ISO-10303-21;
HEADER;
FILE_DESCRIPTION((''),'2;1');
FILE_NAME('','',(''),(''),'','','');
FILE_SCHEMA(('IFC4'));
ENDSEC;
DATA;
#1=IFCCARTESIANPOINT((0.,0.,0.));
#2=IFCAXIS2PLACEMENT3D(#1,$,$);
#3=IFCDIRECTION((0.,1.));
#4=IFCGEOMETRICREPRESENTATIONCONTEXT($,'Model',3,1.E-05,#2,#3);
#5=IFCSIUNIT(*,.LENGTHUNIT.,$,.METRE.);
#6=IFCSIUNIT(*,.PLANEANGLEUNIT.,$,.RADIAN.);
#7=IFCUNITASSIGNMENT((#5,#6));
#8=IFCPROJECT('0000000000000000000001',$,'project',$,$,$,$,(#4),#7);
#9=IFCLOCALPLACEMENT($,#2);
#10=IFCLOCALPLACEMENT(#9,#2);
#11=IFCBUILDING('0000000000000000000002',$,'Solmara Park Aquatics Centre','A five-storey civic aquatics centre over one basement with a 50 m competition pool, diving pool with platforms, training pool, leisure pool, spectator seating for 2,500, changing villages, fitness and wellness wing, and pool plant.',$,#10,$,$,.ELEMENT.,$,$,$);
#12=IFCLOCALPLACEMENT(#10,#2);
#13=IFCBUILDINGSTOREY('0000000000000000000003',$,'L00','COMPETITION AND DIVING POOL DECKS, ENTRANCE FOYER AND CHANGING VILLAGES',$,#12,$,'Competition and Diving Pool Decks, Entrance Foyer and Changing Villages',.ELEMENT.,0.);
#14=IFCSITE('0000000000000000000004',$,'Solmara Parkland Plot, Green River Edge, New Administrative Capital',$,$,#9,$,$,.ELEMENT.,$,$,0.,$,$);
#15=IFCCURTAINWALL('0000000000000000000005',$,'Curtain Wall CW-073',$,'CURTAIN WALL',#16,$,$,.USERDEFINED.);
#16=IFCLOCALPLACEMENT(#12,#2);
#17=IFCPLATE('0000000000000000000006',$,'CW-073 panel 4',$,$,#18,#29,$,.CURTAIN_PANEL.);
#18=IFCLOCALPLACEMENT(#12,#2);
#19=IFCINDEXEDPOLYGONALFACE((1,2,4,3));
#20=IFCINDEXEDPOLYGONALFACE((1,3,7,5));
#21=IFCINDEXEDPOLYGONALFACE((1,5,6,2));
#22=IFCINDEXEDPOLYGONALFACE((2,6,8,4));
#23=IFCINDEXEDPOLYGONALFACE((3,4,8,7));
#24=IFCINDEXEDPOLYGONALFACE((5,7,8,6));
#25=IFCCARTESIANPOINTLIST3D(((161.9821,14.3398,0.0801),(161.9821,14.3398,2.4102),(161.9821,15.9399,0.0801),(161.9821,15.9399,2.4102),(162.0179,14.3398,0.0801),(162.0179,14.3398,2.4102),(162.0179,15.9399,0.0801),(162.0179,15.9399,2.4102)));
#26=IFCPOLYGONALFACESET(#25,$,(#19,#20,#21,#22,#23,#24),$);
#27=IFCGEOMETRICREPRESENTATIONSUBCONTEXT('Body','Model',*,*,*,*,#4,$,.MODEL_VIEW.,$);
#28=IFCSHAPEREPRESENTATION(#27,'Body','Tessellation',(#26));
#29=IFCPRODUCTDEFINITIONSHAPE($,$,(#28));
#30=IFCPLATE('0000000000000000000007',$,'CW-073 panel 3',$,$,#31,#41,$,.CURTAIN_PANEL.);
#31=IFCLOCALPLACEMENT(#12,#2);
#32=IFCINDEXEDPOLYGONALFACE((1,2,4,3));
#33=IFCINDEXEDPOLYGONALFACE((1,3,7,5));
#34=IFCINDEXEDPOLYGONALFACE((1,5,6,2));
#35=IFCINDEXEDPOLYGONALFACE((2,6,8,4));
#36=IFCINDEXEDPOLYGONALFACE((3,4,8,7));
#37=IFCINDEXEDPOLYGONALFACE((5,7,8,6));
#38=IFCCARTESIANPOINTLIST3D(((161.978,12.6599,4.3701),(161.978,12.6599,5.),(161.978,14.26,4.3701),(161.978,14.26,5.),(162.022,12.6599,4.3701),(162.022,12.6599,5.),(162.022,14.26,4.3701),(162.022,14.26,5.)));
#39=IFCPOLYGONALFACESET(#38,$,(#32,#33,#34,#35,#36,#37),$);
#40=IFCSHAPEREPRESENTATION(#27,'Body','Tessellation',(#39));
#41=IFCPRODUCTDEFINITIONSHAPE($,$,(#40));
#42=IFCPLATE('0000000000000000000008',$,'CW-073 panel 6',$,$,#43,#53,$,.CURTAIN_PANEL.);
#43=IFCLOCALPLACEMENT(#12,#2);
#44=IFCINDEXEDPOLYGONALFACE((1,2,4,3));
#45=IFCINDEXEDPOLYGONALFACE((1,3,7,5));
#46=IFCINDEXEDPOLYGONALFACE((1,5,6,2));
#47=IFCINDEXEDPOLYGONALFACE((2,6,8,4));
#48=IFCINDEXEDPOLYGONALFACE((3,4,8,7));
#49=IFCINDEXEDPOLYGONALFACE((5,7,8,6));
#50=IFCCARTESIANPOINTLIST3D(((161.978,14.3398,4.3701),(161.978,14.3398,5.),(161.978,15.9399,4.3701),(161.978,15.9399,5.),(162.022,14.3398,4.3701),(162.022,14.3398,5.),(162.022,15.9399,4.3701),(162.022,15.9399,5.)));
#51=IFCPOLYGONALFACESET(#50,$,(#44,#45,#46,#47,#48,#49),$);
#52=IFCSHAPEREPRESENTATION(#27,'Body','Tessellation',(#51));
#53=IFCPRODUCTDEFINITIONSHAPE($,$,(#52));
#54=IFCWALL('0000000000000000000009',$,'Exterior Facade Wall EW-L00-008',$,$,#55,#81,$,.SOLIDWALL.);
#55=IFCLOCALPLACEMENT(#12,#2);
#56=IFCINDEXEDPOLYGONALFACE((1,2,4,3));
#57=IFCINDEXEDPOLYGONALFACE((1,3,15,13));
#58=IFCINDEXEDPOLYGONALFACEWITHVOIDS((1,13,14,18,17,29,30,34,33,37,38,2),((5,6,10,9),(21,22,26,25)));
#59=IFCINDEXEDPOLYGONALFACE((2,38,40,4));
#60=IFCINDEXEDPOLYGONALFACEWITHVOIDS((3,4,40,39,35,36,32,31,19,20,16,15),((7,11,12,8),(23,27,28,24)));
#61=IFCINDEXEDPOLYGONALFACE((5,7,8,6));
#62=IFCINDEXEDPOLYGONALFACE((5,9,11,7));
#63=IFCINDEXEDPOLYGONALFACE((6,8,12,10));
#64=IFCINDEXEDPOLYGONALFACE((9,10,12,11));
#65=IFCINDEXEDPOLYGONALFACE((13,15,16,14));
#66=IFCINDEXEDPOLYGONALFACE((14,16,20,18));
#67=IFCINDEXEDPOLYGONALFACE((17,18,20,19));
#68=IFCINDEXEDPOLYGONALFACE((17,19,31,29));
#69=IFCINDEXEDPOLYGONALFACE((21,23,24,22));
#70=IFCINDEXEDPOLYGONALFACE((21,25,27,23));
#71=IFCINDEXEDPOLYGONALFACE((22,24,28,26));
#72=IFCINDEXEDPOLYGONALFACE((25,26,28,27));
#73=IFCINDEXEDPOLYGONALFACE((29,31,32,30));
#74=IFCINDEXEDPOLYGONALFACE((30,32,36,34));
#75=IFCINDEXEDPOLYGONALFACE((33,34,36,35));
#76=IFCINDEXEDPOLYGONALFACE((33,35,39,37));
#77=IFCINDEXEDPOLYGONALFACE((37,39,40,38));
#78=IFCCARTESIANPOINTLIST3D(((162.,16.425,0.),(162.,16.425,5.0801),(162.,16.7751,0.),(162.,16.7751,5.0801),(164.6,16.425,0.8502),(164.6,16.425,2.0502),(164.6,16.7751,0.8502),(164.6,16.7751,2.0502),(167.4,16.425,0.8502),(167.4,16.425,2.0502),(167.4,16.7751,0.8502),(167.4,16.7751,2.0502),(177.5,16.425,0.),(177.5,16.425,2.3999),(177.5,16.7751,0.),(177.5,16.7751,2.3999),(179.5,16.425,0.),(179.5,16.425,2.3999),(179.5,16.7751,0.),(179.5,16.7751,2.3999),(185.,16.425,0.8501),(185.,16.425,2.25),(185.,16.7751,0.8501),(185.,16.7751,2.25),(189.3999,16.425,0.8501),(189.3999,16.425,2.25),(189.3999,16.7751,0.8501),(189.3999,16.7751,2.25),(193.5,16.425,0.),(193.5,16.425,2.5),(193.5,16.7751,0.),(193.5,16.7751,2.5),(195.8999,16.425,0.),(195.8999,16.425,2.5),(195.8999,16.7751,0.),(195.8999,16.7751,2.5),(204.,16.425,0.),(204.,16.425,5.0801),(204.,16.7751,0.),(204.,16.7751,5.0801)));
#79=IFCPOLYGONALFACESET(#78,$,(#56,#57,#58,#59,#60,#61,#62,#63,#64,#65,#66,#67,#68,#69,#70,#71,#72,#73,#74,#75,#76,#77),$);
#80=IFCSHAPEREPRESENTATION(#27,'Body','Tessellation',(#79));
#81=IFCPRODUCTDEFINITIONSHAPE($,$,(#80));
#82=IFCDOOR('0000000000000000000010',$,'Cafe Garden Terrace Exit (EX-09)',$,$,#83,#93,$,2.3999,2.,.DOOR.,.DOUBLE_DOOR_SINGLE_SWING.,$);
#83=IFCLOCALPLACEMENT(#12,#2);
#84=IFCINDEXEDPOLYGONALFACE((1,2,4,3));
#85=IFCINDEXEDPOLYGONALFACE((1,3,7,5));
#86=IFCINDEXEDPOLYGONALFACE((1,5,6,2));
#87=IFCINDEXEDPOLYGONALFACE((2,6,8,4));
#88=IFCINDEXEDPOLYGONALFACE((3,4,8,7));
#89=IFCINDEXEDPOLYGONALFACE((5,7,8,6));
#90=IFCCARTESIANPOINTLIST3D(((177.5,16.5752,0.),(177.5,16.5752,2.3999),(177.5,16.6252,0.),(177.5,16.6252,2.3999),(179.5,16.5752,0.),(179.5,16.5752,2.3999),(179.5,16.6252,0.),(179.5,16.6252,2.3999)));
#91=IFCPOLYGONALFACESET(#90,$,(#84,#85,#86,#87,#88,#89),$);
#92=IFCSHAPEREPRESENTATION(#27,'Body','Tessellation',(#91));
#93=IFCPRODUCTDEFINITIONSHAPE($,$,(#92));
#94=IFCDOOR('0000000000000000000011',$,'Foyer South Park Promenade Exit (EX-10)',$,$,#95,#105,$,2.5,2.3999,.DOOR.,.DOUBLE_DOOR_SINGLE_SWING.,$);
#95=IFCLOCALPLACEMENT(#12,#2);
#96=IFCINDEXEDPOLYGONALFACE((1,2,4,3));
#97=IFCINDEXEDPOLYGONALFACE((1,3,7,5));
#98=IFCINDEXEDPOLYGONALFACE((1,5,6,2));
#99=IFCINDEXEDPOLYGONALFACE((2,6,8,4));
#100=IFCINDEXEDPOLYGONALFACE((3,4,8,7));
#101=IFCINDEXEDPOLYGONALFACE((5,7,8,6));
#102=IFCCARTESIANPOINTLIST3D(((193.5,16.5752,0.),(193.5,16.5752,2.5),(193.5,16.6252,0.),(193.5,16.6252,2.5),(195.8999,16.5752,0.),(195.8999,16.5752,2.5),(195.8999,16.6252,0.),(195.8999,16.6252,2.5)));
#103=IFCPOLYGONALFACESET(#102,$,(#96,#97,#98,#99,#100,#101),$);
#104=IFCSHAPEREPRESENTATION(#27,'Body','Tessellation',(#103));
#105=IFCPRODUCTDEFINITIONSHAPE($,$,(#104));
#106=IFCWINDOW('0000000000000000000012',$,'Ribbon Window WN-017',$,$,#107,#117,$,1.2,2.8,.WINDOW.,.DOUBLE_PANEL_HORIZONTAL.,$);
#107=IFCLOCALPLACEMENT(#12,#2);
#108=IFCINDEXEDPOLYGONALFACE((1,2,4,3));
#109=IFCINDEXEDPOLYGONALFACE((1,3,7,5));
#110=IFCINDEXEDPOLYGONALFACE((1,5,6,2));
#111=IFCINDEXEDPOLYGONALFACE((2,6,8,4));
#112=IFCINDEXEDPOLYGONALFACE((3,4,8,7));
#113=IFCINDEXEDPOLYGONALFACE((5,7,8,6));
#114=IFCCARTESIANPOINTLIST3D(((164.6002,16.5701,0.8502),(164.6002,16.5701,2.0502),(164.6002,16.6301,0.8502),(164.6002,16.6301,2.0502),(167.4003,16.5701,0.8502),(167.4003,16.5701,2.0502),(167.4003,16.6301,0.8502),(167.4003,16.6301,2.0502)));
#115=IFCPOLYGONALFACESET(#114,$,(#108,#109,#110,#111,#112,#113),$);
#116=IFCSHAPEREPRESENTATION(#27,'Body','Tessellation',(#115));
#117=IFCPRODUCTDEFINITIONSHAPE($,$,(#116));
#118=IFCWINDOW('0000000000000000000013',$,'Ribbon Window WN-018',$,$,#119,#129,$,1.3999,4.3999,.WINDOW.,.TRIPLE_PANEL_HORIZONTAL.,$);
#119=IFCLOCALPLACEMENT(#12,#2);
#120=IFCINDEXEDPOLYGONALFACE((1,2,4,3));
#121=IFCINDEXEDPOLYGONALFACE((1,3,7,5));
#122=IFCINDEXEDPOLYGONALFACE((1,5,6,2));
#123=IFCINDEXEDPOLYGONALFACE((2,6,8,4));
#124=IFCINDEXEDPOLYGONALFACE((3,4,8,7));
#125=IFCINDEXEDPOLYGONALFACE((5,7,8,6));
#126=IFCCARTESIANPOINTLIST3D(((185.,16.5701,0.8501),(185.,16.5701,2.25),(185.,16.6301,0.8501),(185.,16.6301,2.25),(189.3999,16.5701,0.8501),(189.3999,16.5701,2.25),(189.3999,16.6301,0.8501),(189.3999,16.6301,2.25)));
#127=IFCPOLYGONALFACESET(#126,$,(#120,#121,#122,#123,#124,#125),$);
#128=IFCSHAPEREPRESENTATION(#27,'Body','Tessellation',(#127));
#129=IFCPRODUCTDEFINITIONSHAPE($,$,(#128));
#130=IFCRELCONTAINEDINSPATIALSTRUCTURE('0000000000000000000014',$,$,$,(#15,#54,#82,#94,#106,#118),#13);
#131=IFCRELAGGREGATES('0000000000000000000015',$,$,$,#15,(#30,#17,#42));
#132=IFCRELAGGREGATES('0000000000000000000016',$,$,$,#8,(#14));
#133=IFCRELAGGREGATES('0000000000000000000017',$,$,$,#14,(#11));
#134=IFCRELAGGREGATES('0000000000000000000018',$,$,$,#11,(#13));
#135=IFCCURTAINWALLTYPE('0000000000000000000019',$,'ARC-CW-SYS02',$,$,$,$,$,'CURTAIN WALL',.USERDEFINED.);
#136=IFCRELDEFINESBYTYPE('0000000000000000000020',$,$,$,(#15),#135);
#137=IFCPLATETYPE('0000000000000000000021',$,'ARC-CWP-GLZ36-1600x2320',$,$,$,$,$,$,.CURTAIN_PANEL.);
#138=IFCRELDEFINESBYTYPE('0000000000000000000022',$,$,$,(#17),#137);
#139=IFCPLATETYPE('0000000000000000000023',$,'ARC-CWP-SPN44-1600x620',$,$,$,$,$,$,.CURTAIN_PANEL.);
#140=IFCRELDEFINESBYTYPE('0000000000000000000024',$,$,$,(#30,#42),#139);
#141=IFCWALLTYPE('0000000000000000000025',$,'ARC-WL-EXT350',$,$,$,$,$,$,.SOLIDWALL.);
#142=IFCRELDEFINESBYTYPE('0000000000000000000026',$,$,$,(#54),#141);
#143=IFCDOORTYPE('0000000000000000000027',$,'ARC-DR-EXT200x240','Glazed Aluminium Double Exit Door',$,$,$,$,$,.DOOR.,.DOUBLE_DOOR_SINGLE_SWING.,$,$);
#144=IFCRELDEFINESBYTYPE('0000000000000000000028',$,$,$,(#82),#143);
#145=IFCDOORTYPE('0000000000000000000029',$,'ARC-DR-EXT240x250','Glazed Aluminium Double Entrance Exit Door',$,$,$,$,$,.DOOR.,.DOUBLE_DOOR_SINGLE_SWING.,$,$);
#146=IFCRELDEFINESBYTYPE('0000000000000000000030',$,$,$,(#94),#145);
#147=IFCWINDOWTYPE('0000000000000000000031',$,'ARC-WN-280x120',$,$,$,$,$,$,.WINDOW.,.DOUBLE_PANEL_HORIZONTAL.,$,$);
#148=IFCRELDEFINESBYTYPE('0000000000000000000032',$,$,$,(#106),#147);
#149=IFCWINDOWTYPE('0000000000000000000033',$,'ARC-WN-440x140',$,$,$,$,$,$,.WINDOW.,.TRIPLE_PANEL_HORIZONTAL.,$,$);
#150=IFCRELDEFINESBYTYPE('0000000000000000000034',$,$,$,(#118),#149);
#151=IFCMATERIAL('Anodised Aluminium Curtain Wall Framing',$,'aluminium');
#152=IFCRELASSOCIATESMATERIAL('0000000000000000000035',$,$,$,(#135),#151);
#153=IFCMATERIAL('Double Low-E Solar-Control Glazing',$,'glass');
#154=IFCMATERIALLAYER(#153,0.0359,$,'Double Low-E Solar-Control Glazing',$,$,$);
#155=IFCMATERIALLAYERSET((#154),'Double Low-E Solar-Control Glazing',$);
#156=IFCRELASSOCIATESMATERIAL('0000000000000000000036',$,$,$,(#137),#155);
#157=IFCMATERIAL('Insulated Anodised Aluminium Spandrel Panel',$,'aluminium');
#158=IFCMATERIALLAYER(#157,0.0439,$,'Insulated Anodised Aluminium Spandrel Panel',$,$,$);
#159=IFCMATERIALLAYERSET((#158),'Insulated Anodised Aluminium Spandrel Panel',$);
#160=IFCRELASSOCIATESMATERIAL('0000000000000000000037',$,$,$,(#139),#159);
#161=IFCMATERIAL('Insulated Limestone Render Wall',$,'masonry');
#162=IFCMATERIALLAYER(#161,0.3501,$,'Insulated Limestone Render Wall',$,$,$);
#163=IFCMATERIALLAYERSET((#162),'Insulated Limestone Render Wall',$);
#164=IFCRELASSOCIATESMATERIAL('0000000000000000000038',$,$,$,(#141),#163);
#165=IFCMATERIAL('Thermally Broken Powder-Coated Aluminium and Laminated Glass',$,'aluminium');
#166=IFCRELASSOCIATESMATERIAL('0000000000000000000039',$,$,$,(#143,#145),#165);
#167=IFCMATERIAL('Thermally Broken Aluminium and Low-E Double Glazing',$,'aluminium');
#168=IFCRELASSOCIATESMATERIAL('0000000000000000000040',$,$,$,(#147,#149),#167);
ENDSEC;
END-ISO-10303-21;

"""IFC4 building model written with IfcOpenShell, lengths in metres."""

from ifc_helpers import new_model, si_unit, direction, frame, frame_2d, origin, origin_2d, place, context, subcontext, project, spatial, rectangle, extrude, material, layer, layer_set, type_object, element, fill, aggregate, save


model = new_model("IFC4")

# Units and contexts
model_context = context("Model", 3, precision=1e-05, world=origin(), true_north=direction((0.0, 1.0)))
body_context = subcontext(model_context, "Body", "Model", "MODEL_VIEW")
ifc_project = project(units=[si_unit("LENGTHUNIT", "METRE"), si_unit("PLANEANGLEUNIT", "RADIAN")], contexts=[model_context])

# Site, building, storey
site_placement = place(None, origin())
site = spatial("IfcSite", under=ifc_project, at=site_placement, Name="Solmara Parkland Plot, Green River Edge, New Administrative Capital", CompositionType="ELEMENT", RefElevation=0.0)
building_placement = place(site_placement, origin())
building = spatial("IfcBuilding", under=site, at=building_placement, Name="Solmara Park Aquatics Centre", Description="A five-storey civic aquatics centre over one basement with a 50 m competition pool, diving pool with platforms, training pool, leisure pool, spectator seating for 2,500, changing villages, fitness and wellness wing, and pool plant.", CompositionType="ELEMENT")
storey_placement = place(building_placement, origin())
storey = spatial("IfcBuildingStorey", under=building, at=storey_placement, Name="L00", Description="COMPETITION AND DIVING POOL DECKS, ENTRANCE FOYER AND CHANGING VILLAGES", LongName="Competition and Diving Pool Decks, Entrance Foyer and Changing Villages", CompositionType="ELEMENT", Elevation=0.0)

# Curtain wall
ifc_material_1 = material(Name="Anodised Aluminium Curtain Wall Framing", Category="aluminium")
curtain_wall_type = type_object("IfcCurtainWallType", Name="ARC-CW-SYS02", ElementType="CURTAIN WALL", PredefinedType="USERDEFINED", material=ifc_material_1)
curtain_wall_1_placement = place(storey_placement, origin())
curtain_wall_1 = element("IfcCurtainWall", 1, at=curtain_wall_1_placement, inside=storey, type_object=curtain_wall_type, Name="Curtain Wall CW-073", ObjectType="CURTAIN WALL", PredefinedType="USERDEFINED")

# Plates
ifc_material_2 = material(Name="Double Low-E Solar-Control Glazing", Category="glass")
ifc_layer_1 = layer(ifc_material_2, 0.0359, Name="Double Low-E Solar-Control Glazing")
ifc_layer_set_1 = layer_set([ifc_layer_1], Name="Double Low-E Solar-Control Glazing")
plate_type_1 = type_object("IfcPlateType", Name="ARC-CWP-GLZ36-1600x2320", PredefinedType="CURTAIN_PANEL", material=ifc_layer_set_1)
plate_1_placement = place(storey_placement, frame((162.0, 15.1399, 0.0801), z_axis=(0.0, 0.0, 1.0), x_axis=(0.0, 1.0, 0.0)))
plate_1 = element("IfcPlate", 2, at=plate_1_placement, type_object=plate_type_1, Name="CW-073 panel 4", PredefinedType="CURTAIN_PANEL", context=body_context, shape_type="SweptSolid", body=[
    extrude(rectangle(XDim=1.6001, YDim=0.0359, at=origin_2d()), origin(), (0.0, 0.0, 1.0), 2.3301),
])
ifc_material_3 = material(Name="Insulated Anodised Aluminium Spandrel Panel", Category="aluminium")
ifc_layer_2 = layer(ifc_material_3, 0.0439, Name="Insulated Anodised Aluminium Spandrel Panel")
ifc_layer_set_2 = layer_set([ifc_layer_2], Name="Insulated Anodised Aluminium Spandrel Panel")
plate_type_2 = type_object("IfcPlateType", Name="ARC-CWP-SPN44-1600x620", PredefinedType="CURTAIN_PANEL", material=ifc_layer_set_2)
plate_2_placement = place(storey_placement, frame((162.0, 13.46, 4.3701), z_axis=(0.0, 0.0, 1.0), x_axis=(0.0, 1.0, 0.0)))
plate_2 = element("IfcPlate", 3, at=plate_2_placement, type_object=plate_type_2, Name="CW-073 panel 3", PredefinedType="CURTAIN_PANEL", context=body_context, shape_type="SweptSolid", body=[
    extrude(rectangle(XDim=1.6001, YDim=0.0439, at=origin_2d()), origin(), (0.0, 0.0, 1.0), 0.6299),
])
plate_3_placement = place(storey_placement, frame((162.0, 15.1399, 4.3701), z_axis=(0.0, 0.0, 1.0), x_axis=(0.0, 1.0, 0.0)))
plate_3 = element("IfcPlate", 4, at=plate_3_placement, type_object=plate_type_2, Name="CW-073 panel 6", PredefinedType="CURTAIN_PANEL", context=body_context, shape_type="SweptSolid", body=[
    extrude(rectangle(XDim=1.6001, YDim=0.0439, at=origin_2d()), origin(), (0.0, 0.0, 1.0), 0.6299),
])
aggregate(curtain_wall_1, [plate_2, plate_1, plate_3])

# Wall, openings, doors, windows
ifc_material_4 = material(Name="Insulated Limestone Render Wall", Category="masonry")
ifc_layer_3 = layer(ifc_material_4, 0.3501, Name="Insulated Limestone Render Wall")
ifc_layer_set_3 = layer_set([ifc_layer_3], Name="Insulated Limestone Render Wall")
wall_type = type_object("IfcWallType", Name="ARC-WL-EXT350", PredefinedType="SOLIDWALL", material=ifc_layer_set_3)
wall_placement = place(storey_placement, frame((162.0, 16.6001, 0.0), z_axis=(0.0, 0.0, 1.0), x_axis=(1.0, 0.0, 0.0)))
wall = element("IfcWall", 5, at=wall_placement, inside=storey, type_object=wall_type, Name="Exterior Facade Wall EW-L00-008", PredefinedType="SOLIDWALL", context=body_context, shape_type="SweptSolid", body=[
    extrude(rectangle(XDim=42.0, YDim=0.3501, at=frame_2d((21.0, 0.0))), origin(), (0.0, 0.0, 1.0), 5.0801),
])
opening_1_placement = place(wall_placement, frame((15.5, 0.0, 0.0)))
opening_1 = element("IfcOpeningElement", 6, at=opening_1_placement, cuts=wall, PredefinedType="OPENING", context=body_context, shape_type="SweptSolid", body=[
    extrude(rectangle(XDim=2.0, YDim=2.3999, at=frame_2d((1.0, 1.2))), frame((0.0, 0.1851, 0.0), z_axis=(0.0, -1.0, 0.0), x_axis=(1.0, 0.0, 0.0)), (0.0, 0.0, 1.0), 0.3701),
])
opening_2_placement = place(wall_placement, frame((31.5, 0.0, 0.0)))
opening_2 = element("IfcOpeningElement", 7, at=opening_2_placement, cuts=wall, PredefinedType="OPENING", context=body_context, shape_type="SweptSolid", body=[
    extrude(rectangle(XDim=2.3999, YDim=2.5, at=frame_2d((1.2, 1.25))), frame((0.0, 0.1851, 0.0), z_axis=(0.0, -1.0, 0.0), x_axis=(1.0, 0.0, 0.0)), (0.0, 0.0, 1.0), 0.3701),
])
opening_3_placement = place(wall_placement, frame((2.6001, 0.0, 0.8501)))
opening_3 = element("IfcOpeningElement", 8, at=opening_3_placement, cuts=wall, PredefinedType="OPENING", context=body_context, shape_type="SweptSolid", body=[
    extrude(rectangle(XDim=2.8, YDim=1.2, at=frame_2d((1.3999, 0.6001))), frame((0.0, 0.1851, 0.0), z_axis=(0.0, -1.0, 0.0), x_axis=(1.0, 0.0, 0.0)), (0.0, 0.0, 1.0), 0.3701),
])
opening_4_placement = place(wall_placement, frame((23.0, 0.0, 0.8501)))
opening_4 = element("IfcOpeningElement", 9, at=opening_4_placement, cuts=wall, PredefinedType="OPENING", context=body_context, shape_type="SweptSolid", body=[
    extrude(rectangle(XDim=4.3999, YDim=1.3999, at=frame_2d((2.2, 0.7))), frame((0.0, 0.1851, 0.0), z_axis=(0.0, -1.0, 0.0), x_axis=(1.0, 0.0, 0.0)), (0.0, 0.0, 1.0), 0.3701),
])
ifc_material_5 = material(Name="Thermally Broken Powder-Coated Aluminium and Laminated Glass", Category="aluminium")
door_type_1 = type_object("IfcDoorType", Name="ARC-DR-EXT200x240", Description="Glazed Aluminium Double Exit Door", OperationType="DOUBLE_DOOR_SINGLE_SWING", PredefinedType="DOOR", material=ifc_material_5)
door_1_placement = place(opening_1_placement, frame((2.0, 0.0, 0.0), z_axis=(0.0, 0.0, 1.0), x_axis=(-1.0, 0.0, 0.0)))
door_1 = element("IfcDoor", 10, at=door_1_placement, inside=storey, type_object=door_type_1, Name="Cafe Garden Terrace Exit (EX-09)", OperationType="DOUBLE_DOOR_SINGLE_SWING", OverallHeight=2.3999, OverallWidth=2.0, PredefinedType="DOOR", context=body_context, shape_type="SweptSolid", body=[
    extrude(rectangle(XDim=2.0, YDim=2.3999, at=frame_2d((1.0, 1.2))), frame((0.0, 0.0249, 0.0), z_axis=(0.0, -1.0, 0.0), x_axis=(1.0, 0.0, 0.0)), (0.0, 0.0, 1.0), 0.05),
])
fill(opening_1, door_1)
door_type_2 = type_object("IfcDoorType", Name="ARC-DR-EXT240x250", Description="Glazed Aluminium Double Entrance Exit Door", OperationType="DOUBLE_DOOR_SINGLE_SWING", PredefinedType="DOOR", material=ifc_material_5)
door_2_placement = place(opening_2_placement, frame((2.3999, 0.0, 0.0), z_axis=(0.0, 0.0, 1.0), x_axis=(-1.0, 0.0, 0.0)))
door_2 = element("IfcDoor", 11, at=door_2_placement, inside=storey, type_object=door_type_2, Name="Foyer South Park Promenade Exit (EX-10)", OperationType="DOUBLE_DOOR_SINGLE_SWING", OverallHeight=2.5, OverallWidth=2.3999, PredefinedType="DOOR", context=body_context, shape_type="SweptSolid", body=[
    extrude(rectangle(XDim=2.3999, YDim=2.5, at=frame_2d((1.2, 1.25))), frame((0.0, 0.0249, 0.0), z_axis=(0.0, -1.0, 0.0), x_axis=(1.0, 0.0, 0.0)), (0.0, 0.0, 1.0), 0.05),
])
fill(opening_2, door_2)
ifc_material_6 = material(Name="Thermally Broken Aluminium and Low-E Double Glazing", Category="aluminium")
window_type_1 = type_object("IfcWindowType", Name="ARC-WN-280x120", PartitioningType="DOUBLE_PANEL_HORIZONTAL", PredefinedType="WINDOW", material=ifc_material_6)
window_1_placement = place(opening_3_placement, frame((2.8, 0.0, 0.0), z_axis=(0.0, 0.0, 1.0), x_axis=(-1.0, 0.0, 0.0)))
window_1 = element("IfcWindow", 12, at=window_1_placement, inside=storey, type_object=window_type_1, Name="Ribbon Window WN-017", OverallHeight=1.2, OverallWidth=2.8, PartitioningType="DOUBLE_PANEL_HORIZONTAL", PredefinedType="WINDOW", context=body_context, shape_type="SweptSolid", body=[
    extrude(rectangle(XDim=2.8, YDim=1.2, at=frame_2d((1.3999, 0.6001))), frame((0.0, 0.03, 0.0), z_axis=(0.0, -1.0, 0.0), x_axis=(1.0, 0.0, 0.0)), (0.0, 0.0, 1.0), 0.0601),
])
fill(opening_3, window_1)
window_type_2 = type_object("IfcWindowType", Name="ARC-WN-440x140", PartitioningType="TRIPLE_PANEL_HORIZONTAL", PredefinedType="WINDOW", material=ifc_material_6)
window_2_placement = place(opening_4_placement, frame((4.3999, 0.0, 0.0), z_axis=(0.0, 0.0, 1.0), x_axis=(-1.0, 0.0, 0.0)))
window_2 = element("IfcWindow", 13, at=window_2_placement, inside=storey, type_object=window_type_2, Name="Ribbon Window WN-018", OverallHeight=1.3999, OverallWidth=4.3999, PartitioningType="TRIPLE_PANEL_HORIZONTAL", PredefinedType="WINDOW", context=body_context, shape_type="SweptSolid", body=[
    extrude(rectangle(XDim=4.3999, YDim=1.3999, at=frame_2d((2.2, 0.7))), frame((0.0, 0.03, 0.0), z_axis=(0.0, -1.0, 0.0), x_axis=(1.0, 0.0, 0.0)), (0.0, 0.0, 1.0), 0.0601),
])
fill(opening_4, window_2)

save(model, "model.ifc")
